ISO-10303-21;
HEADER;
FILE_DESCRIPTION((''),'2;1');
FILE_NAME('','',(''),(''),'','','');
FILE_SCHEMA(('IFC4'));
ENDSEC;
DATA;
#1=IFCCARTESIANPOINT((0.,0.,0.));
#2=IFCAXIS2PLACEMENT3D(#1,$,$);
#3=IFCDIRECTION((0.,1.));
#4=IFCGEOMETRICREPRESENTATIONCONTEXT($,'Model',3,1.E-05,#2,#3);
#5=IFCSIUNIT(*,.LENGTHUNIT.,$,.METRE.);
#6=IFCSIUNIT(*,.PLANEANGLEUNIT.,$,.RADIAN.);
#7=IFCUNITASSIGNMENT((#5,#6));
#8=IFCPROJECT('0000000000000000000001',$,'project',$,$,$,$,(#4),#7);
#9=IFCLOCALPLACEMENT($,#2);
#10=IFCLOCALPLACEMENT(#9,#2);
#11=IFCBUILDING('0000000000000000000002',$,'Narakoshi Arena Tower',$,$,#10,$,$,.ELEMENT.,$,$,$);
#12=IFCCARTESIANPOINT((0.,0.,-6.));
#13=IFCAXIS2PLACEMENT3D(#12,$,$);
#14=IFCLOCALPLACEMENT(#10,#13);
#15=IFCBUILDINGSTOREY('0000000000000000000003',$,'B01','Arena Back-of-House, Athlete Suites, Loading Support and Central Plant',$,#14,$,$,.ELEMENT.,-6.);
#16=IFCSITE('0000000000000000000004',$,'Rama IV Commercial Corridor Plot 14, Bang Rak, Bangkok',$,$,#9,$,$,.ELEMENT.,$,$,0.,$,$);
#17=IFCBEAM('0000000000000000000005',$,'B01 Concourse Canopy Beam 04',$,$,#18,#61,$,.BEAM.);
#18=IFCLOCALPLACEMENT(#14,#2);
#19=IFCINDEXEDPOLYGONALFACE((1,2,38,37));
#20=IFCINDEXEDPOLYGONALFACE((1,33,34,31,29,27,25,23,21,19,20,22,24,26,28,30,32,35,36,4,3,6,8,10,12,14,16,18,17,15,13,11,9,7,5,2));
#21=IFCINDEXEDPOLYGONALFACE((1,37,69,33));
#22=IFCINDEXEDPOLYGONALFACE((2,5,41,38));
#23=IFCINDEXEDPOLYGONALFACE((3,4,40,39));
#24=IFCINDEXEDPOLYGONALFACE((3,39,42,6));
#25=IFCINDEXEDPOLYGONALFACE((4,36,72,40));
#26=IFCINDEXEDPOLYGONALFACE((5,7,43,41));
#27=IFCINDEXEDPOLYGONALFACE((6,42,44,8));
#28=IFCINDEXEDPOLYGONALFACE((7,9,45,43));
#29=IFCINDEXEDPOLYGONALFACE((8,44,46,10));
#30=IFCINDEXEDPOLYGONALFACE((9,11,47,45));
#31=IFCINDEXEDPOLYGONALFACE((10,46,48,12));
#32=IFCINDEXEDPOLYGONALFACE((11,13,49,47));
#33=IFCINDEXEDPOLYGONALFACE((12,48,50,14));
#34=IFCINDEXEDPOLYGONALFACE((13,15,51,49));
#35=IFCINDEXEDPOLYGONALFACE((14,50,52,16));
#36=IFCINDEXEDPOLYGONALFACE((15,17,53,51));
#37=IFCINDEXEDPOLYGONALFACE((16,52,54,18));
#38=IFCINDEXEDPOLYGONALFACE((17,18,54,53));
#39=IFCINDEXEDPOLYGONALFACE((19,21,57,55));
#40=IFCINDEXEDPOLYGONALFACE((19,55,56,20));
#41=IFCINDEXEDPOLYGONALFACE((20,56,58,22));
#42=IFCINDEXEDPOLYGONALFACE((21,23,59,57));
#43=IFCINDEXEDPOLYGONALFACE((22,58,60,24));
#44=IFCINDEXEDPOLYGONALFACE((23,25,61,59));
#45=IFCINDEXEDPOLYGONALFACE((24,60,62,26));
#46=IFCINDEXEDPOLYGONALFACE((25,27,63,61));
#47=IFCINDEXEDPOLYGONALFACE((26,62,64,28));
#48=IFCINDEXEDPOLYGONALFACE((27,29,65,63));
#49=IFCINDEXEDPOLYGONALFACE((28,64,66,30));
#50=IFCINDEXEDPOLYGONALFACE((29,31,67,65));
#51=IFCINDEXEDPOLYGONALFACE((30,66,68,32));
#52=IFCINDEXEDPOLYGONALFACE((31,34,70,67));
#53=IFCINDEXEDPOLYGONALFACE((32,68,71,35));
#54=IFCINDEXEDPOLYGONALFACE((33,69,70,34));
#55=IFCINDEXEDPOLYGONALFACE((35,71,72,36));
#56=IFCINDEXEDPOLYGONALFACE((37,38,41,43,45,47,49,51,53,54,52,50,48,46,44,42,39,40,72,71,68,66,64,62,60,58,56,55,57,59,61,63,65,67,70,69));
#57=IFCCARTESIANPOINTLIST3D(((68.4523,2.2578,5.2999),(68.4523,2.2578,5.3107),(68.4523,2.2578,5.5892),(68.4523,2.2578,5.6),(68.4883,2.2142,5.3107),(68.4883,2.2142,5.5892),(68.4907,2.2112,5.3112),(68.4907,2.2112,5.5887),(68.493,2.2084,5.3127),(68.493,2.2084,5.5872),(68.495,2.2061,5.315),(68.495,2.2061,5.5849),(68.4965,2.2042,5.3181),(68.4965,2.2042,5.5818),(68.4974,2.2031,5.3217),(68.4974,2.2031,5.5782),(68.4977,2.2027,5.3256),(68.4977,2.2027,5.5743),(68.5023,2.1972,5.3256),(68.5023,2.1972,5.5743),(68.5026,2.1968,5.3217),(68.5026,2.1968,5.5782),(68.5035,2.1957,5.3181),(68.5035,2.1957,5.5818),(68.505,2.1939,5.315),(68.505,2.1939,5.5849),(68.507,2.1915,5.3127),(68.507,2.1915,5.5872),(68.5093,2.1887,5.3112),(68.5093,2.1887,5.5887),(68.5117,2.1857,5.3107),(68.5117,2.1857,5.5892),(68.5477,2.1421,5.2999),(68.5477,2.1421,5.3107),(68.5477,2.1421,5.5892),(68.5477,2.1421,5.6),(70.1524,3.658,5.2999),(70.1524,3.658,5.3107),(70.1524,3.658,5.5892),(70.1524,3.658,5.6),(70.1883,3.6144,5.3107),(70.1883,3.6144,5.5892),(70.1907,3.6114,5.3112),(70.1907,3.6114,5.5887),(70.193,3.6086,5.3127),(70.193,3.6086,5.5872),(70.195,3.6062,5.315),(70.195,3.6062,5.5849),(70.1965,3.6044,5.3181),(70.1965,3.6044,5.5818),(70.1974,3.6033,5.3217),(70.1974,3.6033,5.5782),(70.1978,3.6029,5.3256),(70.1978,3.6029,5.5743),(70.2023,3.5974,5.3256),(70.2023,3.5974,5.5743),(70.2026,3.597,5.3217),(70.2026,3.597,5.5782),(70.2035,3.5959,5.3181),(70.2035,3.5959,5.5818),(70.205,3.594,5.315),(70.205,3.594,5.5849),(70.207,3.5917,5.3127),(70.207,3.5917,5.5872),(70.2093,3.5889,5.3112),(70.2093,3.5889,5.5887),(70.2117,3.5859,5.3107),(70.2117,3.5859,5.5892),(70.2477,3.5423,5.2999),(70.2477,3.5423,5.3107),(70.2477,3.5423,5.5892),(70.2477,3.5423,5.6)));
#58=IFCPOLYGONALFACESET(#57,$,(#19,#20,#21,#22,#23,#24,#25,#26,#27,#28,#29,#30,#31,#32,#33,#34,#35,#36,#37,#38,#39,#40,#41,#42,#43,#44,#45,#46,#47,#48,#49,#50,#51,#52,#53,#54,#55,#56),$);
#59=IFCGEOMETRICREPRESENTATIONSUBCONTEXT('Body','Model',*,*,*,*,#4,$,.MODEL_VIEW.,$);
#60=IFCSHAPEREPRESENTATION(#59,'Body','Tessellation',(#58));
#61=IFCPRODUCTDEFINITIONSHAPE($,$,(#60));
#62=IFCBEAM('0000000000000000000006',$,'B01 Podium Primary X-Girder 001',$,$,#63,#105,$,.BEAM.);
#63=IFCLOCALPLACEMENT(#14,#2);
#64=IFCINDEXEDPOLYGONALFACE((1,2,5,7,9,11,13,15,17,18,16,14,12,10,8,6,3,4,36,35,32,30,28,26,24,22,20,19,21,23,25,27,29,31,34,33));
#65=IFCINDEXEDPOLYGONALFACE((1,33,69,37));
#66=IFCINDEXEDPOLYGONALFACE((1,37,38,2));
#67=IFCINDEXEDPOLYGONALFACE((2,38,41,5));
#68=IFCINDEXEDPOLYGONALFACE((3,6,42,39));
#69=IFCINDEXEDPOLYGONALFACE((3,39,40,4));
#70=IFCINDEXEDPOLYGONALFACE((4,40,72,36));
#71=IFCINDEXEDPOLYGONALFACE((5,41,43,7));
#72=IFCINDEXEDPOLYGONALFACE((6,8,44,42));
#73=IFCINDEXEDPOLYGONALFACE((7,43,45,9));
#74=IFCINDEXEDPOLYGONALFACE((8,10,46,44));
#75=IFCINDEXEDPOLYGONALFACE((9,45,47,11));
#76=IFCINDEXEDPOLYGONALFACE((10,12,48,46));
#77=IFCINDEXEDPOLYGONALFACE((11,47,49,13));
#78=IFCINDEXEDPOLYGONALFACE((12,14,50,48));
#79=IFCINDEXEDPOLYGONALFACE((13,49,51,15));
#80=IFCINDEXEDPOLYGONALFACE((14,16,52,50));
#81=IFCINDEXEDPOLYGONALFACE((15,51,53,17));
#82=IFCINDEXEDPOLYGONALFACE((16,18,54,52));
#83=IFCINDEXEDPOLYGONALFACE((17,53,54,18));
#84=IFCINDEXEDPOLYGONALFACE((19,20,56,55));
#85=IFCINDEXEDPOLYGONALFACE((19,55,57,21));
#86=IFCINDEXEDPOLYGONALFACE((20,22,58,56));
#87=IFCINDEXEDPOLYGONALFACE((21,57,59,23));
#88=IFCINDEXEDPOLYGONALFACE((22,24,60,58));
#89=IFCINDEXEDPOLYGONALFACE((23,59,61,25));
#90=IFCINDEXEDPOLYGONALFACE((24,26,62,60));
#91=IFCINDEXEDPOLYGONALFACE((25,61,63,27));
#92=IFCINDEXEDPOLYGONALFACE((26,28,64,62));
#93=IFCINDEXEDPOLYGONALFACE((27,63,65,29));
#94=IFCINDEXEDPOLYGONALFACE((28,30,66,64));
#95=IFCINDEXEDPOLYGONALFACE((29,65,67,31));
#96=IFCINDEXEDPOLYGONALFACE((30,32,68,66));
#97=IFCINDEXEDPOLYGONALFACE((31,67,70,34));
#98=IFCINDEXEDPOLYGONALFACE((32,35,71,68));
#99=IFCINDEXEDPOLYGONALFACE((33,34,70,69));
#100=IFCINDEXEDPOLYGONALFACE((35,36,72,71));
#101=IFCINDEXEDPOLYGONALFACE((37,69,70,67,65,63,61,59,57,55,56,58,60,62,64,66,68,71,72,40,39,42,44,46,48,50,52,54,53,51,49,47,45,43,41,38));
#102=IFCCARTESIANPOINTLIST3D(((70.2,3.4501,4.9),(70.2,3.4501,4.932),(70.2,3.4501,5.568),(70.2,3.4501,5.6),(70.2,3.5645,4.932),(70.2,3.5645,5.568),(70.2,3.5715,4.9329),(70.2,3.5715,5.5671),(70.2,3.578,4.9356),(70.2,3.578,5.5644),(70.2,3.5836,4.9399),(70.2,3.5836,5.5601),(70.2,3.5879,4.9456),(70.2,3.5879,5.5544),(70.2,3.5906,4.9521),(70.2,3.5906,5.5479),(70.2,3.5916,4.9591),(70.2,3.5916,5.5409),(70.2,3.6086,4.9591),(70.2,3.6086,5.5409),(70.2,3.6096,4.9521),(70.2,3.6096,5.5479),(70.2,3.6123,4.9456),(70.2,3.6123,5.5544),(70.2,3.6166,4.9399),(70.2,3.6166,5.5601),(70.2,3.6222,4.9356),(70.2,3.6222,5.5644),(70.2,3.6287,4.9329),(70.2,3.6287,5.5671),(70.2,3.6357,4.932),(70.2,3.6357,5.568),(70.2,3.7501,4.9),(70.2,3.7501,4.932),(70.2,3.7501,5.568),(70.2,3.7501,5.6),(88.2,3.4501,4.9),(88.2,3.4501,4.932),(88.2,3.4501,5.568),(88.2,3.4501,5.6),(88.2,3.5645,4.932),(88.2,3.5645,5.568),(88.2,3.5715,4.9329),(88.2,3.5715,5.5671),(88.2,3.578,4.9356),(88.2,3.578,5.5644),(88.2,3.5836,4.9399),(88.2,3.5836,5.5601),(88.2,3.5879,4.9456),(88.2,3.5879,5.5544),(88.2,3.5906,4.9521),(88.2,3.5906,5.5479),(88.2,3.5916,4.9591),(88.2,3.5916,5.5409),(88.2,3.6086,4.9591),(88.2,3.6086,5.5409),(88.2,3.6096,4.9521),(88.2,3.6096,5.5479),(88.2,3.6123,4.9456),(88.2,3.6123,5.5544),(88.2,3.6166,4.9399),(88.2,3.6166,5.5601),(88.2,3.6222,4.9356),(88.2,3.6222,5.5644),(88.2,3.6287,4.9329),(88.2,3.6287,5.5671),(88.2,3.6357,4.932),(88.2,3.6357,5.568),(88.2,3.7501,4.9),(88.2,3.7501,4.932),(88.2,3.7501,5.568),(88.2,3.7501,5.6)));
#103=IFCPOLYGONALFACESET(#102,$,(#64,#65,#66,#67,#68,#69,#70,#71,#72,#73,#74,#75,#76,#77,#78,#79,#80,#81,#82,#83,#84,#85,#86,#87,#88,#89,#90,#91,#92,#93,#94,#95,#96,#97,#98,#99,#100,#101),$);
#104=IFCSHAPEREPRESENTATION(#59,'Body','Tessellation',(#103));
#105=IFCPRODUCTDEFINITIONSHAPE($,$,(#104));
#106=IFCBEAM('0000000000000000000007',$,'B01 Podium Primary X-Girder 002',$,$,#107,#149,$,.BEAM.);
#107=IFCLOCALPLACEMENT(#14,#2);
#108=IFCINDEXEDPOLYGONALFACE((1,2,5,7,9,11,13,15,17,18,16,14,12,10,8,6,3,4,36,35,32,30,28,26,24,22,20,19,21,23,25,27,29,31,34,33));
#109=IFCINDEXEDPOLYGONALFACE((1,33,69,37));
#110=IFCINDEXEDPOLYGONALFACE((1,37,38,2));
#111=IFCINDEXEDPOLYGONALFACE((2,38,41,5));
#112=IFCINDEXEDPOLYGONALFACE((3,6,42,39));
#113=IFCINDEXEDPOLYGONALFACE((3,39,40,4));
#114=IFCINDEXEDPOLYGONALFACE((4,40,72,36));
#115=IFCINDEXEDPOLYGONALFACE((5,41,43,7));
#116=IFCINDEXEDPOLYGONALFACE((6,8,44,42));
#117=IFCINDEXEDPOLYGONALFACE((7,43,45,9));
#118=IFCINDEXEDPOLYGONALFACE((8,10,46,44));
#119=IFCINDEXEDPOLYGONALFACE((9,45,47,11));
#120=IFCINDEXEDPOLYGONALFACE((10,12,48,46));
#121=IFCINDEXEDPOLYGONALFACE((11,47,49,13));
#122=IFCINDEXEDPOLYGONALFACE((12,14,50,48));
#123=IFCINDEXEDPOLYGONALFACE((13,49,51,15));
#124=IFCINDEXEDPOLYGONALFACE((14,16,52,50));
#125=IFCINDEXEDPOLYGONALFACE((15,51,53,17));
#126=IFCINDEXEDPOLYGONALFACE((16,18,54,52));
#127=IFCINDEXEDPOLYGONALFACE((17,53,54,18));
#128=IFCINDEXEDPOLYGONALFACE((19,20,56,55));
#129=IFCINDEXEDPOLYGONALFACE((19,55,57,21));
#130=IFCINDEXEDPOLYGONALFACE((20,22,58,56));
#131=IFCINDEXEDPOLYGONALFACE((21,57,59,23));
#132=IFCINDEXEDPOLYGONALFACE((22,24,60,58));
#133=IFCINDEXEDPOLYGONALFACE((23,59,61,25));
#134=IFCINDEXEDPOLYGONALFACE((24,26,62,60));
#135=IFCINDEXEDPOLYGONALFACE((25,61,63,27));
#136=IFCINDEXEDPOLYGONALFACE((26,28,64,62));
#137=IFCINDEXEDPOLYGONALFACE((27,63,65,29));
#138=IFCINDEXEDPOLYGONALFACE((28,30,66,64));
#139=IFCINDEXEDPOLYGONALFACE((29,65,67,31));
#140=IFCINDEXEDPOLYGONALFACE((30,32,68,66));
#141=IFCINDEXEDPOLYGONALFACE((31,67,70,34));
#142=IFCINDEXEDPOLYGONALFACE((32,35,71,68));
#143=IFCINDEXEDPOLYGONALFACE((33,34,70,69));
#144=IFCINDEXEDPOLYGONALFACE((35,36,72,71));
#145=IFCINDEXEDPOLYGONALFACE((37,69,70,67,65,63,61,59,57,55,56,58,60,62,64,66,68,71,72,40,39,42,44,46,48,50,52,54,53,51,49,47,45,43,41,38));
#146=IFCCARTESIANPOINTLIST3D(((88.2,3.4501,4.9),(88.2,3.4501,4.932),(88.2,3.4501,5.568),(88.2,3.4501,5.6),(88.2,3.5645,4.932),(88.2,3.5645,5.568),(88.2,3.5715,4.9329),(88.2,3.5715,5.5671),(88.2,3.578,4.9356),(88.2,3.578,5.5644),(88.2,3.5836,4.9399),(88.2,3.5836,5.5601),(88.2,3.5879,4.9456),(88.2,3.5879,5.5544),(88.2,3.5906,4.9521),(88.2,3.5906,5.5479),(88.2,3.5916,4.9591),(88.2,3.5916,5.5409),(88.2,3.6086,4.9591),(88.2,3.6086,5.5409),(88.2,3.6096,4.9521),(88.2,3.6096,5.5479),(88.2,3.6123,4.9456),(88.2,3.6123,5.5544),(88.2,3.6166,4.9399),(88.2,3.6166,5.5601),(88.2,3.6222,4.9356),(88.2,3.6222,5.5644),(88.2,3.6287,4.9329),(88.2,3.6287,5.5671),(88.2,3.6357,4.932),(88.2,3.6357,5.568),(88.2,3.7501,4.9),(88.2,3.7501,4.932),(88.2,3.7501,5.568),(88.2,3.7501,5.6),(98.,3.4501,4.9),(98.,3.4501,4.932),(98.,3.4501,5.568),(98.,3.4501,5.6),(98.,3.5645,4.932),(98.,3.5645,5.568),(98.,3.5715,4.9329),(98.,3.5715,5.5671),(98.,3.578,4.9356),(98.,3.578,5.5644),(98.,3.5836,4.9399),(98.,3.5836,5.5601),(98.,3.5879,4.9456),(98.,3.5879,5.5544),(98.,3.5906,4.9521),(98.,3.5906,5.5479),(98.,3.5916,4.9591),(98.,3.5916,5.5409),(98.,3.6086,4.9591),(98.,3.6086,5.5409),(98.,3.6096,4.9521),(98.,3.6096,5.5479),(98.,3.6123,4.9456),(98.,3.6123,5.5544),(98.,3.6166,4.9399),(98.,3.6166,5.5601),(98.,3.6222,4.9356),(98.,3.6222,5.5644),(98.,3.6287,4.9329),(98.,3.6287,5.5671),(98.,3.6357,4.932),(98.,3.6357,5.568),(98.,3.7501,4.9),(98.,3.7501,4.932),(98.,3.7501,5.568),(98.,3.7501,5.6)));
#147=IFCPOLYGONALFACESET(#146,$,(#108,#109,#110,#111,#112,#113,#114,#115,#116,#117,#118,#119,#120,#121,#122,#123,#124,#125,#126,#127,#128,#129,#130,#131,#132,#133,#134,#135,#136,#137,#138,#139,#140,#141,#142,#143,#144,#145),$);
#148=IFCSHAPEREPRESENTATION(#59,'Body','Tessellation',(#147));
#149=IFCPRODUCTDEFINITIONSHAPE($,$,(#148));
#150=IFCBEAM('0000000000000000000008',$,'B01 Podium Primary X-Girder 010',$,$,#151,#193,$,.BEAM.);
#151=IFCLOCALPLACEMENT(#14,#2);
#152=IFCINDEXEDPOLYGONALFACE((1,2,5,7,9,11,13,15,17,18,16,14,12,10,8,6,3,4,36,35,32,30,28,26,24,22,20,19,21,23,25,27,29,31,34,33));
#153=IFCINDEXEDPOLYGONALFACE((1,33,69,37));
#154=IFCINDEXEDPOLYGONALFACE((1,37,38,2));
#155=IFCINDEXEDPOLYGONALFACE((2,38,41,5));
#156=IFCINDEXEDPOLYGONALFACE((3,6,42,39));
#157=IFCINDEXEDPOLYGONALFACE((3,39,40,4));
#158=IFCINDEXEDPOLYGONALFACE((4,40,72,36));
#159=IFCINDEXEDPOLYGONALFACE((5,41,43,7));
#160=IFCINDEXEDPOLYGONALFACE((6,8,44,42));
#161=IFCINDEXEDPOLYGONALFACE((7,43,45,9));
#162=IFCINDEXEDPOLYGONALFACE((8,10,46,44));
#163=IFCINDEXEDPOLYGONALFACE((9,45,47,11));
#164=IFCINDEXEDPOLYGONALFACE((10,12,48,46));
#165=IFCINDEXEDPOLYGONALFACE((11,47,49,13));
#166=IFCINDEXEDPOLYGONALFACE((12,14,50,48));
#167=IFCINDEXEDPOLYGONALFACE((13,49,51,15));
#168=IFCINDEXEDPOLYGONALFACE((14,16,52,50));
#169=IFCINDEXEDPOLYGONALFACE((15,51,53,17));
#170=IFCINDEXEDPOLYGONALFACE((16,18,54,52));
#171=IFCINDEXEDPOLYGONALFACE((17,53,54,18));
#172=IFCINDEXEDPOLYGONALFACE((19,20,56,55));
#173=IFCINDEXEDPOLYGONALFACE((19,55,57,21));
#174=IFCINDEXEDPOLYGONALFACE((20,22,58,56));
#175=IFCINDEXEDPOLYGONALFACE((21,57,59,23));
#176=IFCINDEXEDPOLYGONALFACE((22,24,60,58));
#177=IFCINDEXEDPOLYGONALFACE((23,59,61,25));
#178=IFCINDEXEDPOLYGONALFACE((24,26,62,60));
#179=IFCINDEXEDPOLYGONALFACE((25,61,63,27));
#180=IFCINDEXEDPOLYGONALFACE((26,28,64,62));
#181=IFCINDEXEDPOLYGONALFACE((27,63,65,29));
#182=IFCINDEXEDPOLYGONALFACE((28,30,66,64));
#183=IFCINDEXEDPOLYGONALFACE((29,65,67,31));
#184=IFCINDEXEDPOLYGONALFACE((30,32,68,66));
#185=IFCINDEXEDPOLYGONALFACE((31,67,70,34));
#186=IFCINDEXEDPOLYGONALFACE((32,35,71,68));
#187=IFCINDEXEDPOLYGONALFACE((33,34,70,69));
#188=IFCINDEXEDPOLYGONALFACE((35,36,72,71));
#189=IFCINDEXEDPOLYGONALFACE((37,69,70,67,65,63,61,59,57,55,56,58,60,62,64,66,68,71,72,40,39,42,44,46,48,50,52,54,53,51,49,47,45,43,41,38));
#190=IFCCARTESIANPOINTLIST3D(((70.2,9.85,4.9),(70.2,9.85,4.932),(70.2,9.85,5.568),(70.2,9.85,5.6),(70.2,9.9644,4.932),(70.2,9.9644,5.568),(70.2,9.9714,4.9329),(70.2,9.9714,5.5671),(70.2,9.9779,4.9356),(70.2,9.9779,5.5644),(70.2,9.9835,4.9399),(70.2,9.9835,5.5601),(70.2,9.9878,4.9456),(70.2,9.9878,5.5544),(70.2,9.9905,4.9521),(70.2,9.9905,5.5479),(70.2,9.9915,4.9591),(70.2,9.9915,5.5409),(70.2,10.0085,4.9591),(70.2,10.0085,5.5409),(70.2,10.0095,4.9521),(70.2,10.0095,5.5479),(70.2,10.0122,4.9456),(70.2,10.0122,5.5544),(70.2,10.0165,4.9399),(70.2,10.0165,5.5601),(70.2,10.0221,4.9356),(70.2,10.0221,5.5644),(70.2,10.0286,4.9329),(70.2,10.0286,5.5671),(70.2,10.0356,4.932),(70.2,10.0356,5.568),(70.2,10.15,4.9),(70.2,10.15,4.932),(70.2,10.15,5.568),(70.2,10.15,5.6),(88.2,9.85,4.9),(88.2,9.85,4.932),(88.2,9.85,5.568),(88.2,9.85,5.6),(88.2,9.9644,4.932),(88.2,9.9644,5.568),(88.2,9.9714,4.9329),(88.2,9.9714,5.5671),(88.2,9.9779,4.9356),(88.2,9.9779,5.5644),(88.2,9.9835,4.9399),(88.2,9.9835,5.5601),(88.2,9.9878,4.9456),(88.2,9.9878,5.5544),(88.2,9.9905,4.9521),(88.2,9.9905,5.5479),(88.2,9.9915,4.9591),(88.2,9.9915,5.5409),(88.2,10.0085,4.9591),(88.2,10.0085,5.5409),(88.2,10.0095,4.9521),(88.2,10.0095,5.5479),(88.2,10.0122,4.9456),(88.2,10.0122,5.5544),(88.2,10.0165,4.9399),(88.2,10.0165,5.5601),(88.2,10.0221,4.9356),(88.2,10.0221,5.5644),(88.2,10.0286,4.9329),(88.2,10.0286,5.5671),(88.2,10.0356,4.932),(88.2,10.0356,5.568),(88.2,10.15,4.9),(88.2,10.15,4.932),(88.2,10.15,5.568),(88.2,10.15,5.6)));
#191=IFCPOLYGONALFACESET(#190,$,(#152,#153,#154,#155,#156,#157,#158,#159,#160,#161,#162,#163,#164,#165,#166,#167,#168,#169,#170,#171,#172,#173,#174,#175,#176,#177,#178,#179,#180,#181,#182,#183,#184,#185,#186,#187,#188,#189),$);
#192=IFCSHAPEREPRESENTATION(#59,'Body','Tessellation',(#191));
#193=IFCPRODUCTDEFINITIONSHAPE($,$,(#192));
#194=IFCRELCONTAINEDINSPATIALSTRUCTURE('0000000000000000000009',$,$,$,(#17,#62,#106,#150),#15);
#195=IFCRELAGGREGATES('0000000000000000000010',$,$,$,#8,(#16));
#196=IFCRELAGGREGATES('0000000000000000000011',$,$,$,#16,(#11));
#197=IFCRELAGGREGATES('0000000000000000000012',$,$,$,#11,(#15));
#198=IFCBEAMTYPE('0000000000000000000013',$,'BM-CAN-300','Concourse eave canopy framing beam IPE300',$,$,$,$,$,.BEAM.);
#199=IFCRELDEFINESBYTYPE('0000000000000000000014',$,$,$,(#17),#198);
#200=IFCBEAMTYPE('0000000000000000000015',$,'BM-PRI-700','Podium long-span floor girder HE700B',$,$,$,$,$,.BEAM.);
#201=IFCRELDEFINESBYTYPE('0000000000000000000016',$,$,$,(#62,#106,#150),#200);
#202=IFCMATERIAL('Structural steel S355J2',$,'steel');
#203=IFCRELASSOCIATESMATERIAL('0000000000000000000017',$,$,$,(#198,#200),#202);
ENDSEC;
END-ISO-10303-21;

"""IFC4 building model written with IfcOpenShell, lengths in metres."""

from ifc_helpers import new_model, si_unit, direction, frame, origin, origin_2d, place, context, subcontext, project, spatial, i_section, extrude, material, material_profile, profile_set, type_object, element, save


model = new_model("IFC4")

# Units and contexts
model_context = context("Model", 3, precision=1e-05, world=origin(), true_north=direction((0.0, 1.0)))
body_context = subcontext(model_context, "Body", "Model", "MODEL_VIEW")
ifc_project = project(units=[si_unit("LENGTHUNIT", "METRE"), si_unit("PLANEANGLEUNIT", "RADIAN")], contexts=[model_context])

# Site, building, storey
site_placement = place(None, origin())
site = spatial("IfcSite", under=ifc_project, at=site_placement, Name="Rama IV Commercial Corridor Plot 14, Bang Rak, Bangkok", CompositionType="ELEMENT", RefElevation=0.0)
building_placement = place(site_placement, origin())
building = spatial("IfcBuilding", under=site, at=building_placement, Name="Narakoshi Arena Tower", CompositionType="ELEMENT")
storey_placement = place(building_placement, frame((0.0, 0.0, -6.0)))
storey = spatial("IfcBuildingStorey", under=building, at=storey_placement, Name="B01", Description="Arena Back-of-House, Athlete Suites, Loading Support and Central Plant", CompositionType="ELEMENT", Elevation=-6.0)

# Shared definitions
ifc_material_1 = material(Name="Structural steel S355J2", Category="steel")

# Beams
ifc_material_profile_1 = material_profile(ifc_material_1, i_section(OverallWidth=0.1499, OverallDepth=0.3, WebThickness=0.0071, FlangeThickness=0.0107, FilletRadius=0.0149, at=origin_2d()), Name="IPE300")
ifc_profile_set_1 = profile_set([ifc_material_profile_1], Name="Structural steel S355J2")
beam_type_1 = type_object("IfcBeamType", Name="BM-CAN-300", Description="Concourse eave canopy framing beam IPE300", PredefinedType="BEAM", material=ifc_profile_set_1)
beam_1_placement = place(storey_placement, frame((68.5, 2.2, 5.45), z_axis=(0.771889, 0.635758, 0.0), x_axis=(-0.635758, 0.771889, 0.0)))
element("IfcBeam", 1, at=beam_1_placement, inside=storey, type_object=beam_type_1, Name="B01 Concourse Canopy Beam 04", PredefinedType="BEAM", context=body_context, shape_type="SweptSolid", body=[
    extrude(i_section(OverallWidth=0.1499, OverallDepth=0.3, WebThickness=0.0071, FlangeThickness=0.0107, FilletRadius=0.0149, at=origin_2d()), origin(), (0.0, 0.0, 1.0), 2.2024),
])
ifc_material_profile_2 = material_profile(ifc_material_1, i_section(OverallWidth=0.3, OverallDepth=0.7, WebThickness=0.0171, FlangeThickness=0.032, FilletRadius=0.0271, at=origin_2d()), Name="HE700B")
ifc_profile_set_2 = profile_set([ifc_material_profile_2], Name="Structural steel S355J2")
beam_type_2 = type_object("IfcBeamType", Name="BM-PRI-700", Description="Podium long-span floor girder HE700B", PredefinedType="BEAM", material=ifc_profile_set_2)
beam_2_placement = place(storey_placement, frame((70.2, 3.6001, 5.25), z_axis=(1.0, 0.0, 0.0), x_axis=(0.0, 1.0, 0.0)))
element("IfcBeam", 2, at=beam_2_placement, inside=storey, type_object=beam_type_2, Name="B01 Podium Primary X-Girder 001", PredefinedType="BEAM", context=body_context, shape_type="SweptSolid", body=[
    extrude(i_section(OverallWidth=0.3, OverallDepth=0.7, WebThickness=0.0171, FlangeThickness=0.032, FilletRadius=0.0271, at=origin_2d()), origin(), (0.0, 0.0, 1.0), 18.0),
])
beam_3_placement = place(storey_placement, frame((88.2, 3.6001, 5.25), z_axis=(1.0, 0.0, 0.0), x_axis=(0.0, 1.0, 0.0)))
element("IfcBeam", 3, at=beam_3_placement, inside=storey, type_object=beam_type_2, Name="B01 Podium Primary X-Girder 002", PredefinedType="BEAM", context=body_context, shape_type="SweptSolid", body=[
    extrude(i_section(OverallWidth=0.3, OverallDepth=0.7, WebThickness=0.0171, FlangeThickness=0.032, FilletRadius=0.0271, at=origin_2d()), origin(), (0.0, 0.0, 1.0), 9.8),
])
beam_4_placement = place(storey_placement, frame((70.2, 10.0, 5.25), z_axis=(1.0, 0.0, 0.0), x_axis=(0.0, 1.0, 0.0)))
element("IfcBeam", 4, at=beam_4_placement, inside=storey, type_object=beam_type_2, Name="B01 Podium Primary X-Girder 010", PredefinedType="BEAM", context=body_context, shape_type="SweptSolid", body=[
    extrude(i_section(OverallWidth=0.3, OverallDepth=0.7, WebThickness=0.0171, FlangeThickness=0.032, FilletRadius=0.0271, at=origin_2d()), origin(), (0.0, 0.0, 1.0), 18.0),
])

save(model, "model.ifc")
